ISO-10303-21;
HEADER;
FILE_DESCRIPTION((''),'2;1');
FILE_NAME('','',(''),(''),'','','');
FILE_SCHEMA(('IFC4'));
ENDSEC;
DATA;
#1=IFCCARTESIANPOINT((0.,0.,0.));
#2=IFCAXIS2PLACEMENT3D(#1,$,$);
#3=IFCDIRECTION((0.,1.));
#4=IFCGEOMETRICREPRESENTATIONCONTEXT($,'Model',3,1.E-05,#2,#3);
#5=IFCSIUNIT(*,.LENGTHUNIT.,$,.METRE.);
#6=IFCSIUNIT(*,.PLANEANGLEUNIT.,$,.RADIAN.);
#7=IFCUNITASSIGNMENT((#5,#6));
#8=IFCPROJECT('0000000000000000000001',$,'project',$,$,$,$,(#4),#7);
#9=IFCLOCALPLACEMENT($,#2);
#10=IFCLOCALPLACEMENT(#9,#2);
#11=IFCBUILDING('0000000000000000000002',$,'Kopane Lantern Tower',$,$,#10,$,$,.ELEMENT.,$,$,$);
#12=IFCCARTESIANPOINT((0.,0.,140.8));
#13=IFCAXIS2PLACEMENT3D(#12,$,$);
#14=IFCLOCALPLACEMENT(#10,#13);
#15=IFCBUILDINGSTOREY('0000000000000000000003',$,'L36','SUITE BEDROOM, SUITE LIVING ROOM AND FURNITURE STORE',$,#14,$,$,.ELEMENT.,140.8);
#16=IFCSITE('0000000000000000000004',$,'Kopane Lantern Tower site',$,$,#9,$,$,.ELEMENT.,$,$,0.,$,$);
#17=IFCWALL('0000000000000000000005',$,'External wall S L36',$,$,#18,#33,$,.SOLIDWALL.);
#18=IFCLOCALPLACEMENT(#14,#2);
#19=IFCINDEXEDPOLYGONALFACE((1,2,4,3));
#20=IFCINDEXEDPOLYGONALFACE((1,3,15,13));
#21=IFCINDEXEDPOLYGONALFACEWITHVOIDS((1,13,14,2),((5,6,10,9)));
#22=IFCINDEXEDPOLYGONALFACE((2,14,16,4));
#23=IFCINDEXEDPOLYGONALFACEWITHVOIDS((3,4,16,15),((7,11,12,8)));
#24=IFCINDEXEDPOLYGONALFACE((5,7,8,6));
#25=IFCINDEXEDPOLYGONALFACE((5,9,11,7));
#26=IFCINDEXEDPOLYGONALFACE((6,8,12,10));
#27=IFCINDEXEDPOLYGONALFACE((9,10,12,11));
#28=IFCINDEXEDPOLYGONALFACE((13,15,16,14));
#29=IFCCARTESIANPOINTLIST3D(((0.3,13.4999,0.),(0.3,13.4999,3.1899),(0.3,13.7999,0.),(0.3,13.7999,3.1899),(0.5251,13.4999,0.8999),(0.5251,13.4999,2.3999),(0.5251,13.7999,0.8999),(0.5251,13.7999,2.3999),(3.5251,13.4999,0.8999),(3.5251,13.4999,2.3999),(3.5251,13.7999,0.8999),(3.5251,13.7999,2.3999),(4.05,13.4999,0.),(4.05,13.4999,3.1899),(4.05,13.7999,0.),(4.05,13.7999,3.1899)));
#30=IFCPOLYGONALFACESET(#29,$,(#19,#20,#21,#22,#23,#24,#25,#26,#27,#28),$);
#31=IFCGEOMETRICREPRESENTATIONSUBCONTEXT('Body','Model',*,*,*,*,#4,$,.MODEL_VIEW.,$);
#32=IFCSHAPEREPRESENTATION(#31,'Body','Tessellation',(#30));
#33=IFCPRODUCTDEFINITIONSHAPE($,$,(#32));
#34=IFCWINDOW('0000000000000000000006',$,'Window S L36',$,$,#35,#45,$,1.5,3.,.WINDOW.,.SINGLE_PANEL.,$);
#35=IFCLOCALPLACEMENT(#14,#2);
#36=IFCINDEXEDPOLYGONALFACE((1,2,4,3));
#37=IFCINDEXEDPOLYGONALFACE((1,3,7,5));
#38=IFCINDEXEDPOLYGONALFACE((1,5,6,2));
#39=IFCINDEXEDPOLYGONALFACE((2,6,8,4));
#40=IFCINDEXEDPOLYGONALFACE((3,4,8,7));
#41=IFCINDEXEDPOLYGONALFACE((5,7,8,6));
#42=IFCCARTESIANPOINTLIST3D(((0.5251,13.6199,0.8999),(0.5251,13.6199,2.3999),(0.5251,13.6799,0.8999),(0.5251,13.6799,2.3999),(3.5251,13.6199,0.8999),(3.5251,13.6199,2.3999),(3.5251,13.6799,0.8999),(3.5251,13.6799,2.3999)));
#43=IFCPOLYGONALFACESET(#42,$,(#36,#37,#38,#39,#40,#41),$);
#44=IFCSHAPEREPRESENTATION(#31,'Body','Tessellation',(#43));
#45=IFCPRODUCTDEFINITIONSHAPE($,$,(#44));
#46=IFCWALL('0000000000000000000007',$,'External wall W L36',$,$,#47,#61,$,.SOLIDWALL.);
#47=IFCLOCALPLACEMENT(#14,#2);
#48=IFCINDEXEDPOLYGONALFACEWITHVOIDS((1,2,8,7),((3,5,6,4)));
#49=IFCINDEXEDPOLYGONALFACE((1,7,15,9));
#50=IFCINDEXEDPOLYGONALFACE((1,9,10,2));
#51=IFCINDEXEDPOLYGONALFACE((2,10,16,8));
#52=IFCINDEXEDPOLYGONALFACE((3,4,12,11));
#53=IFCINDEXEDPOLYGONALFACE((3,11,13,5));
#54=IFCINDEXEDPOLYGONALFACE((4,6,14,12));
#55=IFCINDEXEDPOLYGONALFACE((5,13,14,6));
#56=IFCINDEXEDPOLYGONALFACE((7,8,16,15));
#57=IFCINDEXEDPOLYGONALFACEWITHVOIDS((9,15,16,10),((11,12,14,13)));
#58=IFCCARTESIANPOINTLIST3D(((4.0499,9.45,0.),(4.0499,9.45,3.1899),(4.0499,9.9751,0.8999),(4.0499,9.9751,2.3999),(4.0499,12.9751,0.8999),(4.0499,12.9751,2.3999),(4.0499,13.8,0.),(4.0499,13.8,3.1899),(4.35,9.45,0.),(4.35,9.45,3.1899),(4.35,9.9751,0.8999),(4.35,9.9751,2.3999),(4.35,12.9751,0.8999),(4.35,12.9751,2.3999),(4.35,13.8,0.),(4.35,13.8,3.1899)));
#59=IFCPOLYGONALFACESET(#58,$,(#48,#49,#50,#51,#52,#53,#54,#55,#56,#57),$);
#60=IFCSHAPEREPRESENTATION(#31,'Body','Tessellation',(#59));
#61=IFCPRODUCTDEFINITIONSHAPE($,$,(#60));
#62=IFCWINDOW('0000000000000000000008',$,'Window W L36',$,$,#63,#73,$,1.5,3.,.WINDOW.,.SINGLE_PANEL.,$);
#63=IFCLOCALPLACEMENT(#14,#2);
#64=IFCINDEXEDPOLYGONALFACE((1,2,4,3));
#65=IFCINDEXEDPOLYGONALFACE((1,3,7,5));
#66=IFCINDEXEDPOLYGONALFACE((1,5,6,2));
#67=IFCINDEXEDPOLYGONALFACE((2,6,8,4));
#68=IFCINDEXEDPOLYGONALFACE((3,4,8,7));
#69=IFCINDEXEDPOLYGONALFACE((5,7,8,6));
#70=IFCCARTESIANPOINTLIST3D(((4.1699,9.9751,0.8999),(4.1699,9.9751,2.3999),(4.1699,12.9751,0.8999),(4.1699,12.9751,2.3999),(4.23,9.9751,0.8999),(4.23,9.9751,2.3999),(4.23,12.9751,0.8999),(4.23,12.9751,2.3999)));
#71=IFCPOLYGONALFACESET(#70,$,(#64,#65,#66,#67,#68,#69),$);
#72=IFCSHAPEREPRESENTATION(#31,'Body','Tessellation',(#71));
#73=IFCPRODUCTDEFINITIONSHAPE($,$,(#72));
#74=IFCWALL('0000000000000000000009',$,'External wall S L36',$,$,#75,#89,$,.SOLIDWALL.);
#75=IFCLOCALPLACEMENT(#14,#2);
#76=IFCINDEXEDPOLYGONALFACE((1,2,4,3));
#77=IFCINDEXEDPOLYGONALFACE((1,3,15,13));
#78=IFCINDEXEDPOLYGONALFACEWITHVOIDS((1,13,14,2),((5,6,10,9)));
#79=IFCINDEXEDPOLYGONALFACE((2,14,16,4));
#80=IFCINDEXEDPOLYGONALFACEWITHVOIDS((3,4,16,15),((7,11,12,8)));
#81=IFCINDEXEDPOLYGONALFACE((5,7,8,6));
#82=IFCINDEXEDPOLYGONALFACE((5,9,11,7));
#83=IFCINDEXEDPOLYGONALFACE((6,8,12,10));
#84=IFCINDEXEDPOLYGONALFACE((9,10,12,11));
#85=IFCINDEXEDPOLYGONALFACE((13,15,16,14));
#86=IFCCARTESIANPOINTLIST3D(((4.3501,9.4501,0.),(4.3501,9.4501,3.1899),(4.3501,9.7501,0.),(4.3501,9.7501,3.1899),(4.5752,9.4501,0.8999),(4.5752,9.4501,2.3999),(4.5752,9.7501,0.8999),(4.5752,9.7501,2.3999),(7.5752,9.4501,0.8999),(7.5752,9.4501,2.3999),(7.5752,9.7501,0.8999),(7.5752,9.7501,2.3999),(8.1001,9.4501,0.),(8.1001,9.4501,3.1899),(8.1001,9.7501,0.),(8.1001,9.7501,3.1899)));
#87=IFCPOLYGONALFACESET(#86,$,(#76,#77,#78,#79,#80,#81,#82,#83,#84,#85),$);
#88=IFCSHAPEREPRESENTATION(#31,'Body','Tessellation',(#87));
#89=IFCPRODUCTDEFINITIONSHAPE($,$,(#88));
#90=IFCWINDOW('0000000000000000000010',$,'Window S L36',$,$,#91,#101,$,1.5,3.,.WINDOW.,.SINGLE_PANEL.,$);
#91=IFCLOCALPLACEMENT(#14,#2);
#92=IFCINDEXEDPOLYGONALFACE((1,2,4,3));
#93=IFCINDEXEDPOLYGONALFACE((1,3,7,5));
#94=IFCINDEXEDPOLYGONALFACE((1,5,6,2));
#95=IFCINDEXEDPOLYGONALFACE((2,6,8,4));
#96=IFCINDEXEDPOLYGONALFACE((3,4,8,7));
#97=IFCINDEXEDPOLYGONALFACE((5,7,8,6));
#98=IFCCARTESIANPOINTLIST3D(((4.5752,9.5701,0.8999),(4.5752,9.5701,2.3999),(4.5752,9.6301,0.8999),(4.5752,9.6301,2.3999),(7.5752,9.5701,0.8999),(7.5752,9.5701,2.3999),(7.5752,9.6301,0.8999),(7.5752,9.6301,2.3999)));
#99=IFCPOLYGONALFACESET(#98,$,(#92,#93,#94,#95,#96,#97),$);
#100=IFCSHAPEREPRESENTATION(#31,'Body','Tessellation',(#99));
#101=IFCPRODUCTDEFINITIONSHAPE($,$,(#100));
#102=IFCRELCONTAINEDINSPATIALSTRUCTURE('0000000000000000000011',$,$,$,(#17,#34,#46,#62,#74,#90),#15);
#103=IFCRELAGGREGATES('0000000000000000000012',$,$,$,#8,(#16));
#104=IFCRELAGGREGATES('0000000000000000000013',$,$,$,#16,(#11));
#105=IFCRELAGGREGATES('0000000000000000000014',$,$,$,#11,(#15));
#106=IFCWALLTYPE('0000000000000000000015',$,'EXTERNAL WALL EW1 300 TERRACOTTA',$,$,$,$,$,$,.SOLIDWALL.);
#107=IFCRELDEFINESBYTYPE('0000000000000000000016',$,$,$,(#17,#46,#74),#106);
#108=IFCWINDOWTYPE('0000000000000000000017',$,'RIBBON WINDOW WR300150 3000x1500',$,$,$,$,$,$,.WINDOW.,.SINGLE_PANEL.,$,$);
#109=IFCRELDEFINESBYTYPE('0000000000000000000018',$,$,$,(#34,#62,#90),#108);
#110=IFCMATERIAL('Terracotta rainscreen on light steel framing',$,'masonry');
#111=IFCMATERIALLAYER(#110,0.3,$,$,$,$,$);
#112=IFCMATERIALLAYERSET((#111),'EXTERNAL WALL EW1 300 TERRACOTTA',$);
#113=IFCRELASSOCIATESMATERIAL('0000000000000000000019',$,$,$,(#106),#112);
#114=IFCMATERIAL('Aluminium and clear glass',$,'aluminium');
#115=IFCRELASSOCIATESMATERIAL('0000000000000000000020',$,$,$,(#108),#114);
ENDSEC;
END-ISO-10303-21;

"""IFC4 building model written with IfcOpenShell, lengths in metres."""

from ifc_helpers import new_model, si_unit, direction, frame, frame_2d, origin, place, context, subcontext, project, spatial, rectangle, extrude, material, layer, layer_set, type_object, element, fill, save


model = new_model("IFC4")

# Units and contexts
model_context = context("Model", 3, precision=1e-05, world=origin(), true_north=direction((0.0, 1.0)))
body_context = subcontext(model_context, "Body", "Model", "MODEL_VIEW")
ifc_project = project(units=[si_unit("LENGTHUNIT", "METRE"), si_unit("PLANEANGLEUNIT", "RADIAN")], contexts=[model_context])

# Site, building, storey
site_placement = place(None, origin())
site = spatial("IfcSite", under=ifc_project, at=site_placement, Name="Kopane Lantern Tower site", CompositionType="ELEMENT", RefElevation=0.0)
building_placement = place(site_placement, origin())
building = spatial("IfcBuilding", under=site, at=building_placement, Name="Kopane Lantern Tower", CompositionType="ELEMENT")
storey_placement = place(building_placement, frame((0.0, 0.0, 140.8)))
storey = spatial("IfcBuildingStorey", under=building, at=storey_placement, Name="L36", Description="SUITE BEDROOM, SUITE LIVING ROOM AND FURNITURE STORE", CompositionType="ELEMENT", Elevation=140.8)

# Walls, openings, windows
ifc_material_1 = material(Name="Terracotta rainscreen on light steel framing", Category="masonry")
ifc_layer_1 = layer(ifc_material_1, 0.3)
ifc_layer_set_1 = layer_set([ifc_layer_1], Name="EXTERNAL WALL EW1 300 TERRACOTTA")
wall_type_1 = type_object("IfcWallType", Name="EXTERNAL WALL EW1 300 TERRACOTTA", PredefinedType="SOLIDWALL", material=ifc_layer_set_1)
wall_1_placement = place(storey_placement, frame((0.3, 13.6499, 0.0), z_axis=(0.0, 0.0, 1.0), x_axis=(1.0, 0.0, 0.0)))
wall_1 = element("IfcWall", 1, at=wall_1_placement, inside=storey, type_object=wall_type_1, Name="External wall S L36", PredefinedType="SOLIDWALL", context=body_context, shape_type="SweptSolid", body=[
    extrude(rectangle(XDim=3.75, YDim=0.3, at=frame_2d((1.875, 0.0))), origin(), (0.0, 0.0, 1.0), 3.1899),
])
opening_1_placement = place(wall_1_placement, frame((0.2251, 0.0, 0.8999)))
opening_1 = element("IfcOpeningElement", 2, at=opening_1_placement, cuts=wall_1, PredefinedType="OPENING", context=body_context, shape_type="SweptSolid", body=[
    extrude(rectangle(XDim=3.0, YDim=1.5, at=frame_2d((1.5, 0.75))), frame((0.0, 0.1599, 0.0), z_axis=(0.0, -1.0, 0.0), x_axis=(1.0, 0.0, 0.0)), (0.0, 0.0, 1.0), 0.3201),
])
ifc_material_2 = material(Name="Aluminium and clear glass", Category="aluminium")
window_type = type_object("IfcWindowType", Name="RIBBON WINDOW WR300150 3000x1500", PartitioningType="SINGLE_PANEL", PredefinedType="WINDOW", material=ifc_material_2)
window_1_placement = place(opening_1_placement, origin())
window_1 = element("IfcWindow", 3, at=window_1_placement, inside=storey, type_object=window_type, Name="Window S L36", OverallHeight=1.5, OverallWidth=3.0, PartitioningType="SINGLE_PANEL", PredefinedType="WINDOW", context=body_context, shape_type="SweptSolid", body=[
    extrude(rectangle(XDim=3.0, YDim=1.5, at=frame_2d((1.5, 0.75))), frame((0.0, 0.03, 0.0), z_axis=(0.0, -1.0, 0.0), x_axis=(1.0, 0.0, 0.0)), (0.0, 0.0, 1.0), 0.0601),
])
fill(opening_1, window_1)
wall_2_placement = place(storey_placement, frame((4.2, 13.8, 0.0), z_axis=(0.0, 0.0, 1.0), x_axis=(0.0, -1.0, 0.0)))
wall_2 = element("IfcWall", 4, at=wall_2_placement, inside=storey, type_object=wall_type_1, Name="External wall W L36", PredefinedType="SOLIDWALL", context=body_context, shape_type="SweptSolid", body=[
    extrude(rectangle(XDim=4.3501, YDim=0.3, at=frame_2d((2.175, 0.0))), origin(), (0.0, 0.0, 1.0), 3.1899),
])
opening_2_placement = place(wall_2_placement, frame((0.825, 0.0, 0.8999)))
opening_2 = element("IfcOpeningElement", 5, at=opening_2_placement, cuts=wall_2, PredefinedType="OPENING", context=body_context, shape_type="SweptSolid", body=[
    extrude(rectangle(XDim=3.0, YDim=1.5, at=frame_2d((1.5, 0.75))), frame((0.0, 0.1599, 0.0), z_axis=(0.0, -1.0, 0.0), x_axis=(1.0, 0.0, 0.0)), (0.0, 0.0, 1.0), 0.3201),
])
window_2_placement = place(opening_2_placement, origin())
window_2 = element("IfcWindow", 6, at=window_2_placement, inside=storey, type_object=window_type, Name="Window W L36", OverallHeight=1.5, OverallWidth=3.0, PartitioningType="SINGLE_PANEL", PredefinedType="WINDOW", context=body_context, shape_type="SweptSolid", body=[
    extrude(rectangle(XDim=3.0, YDim=1.5, at=frame_2d((1.5, 0.75))), frame((0.0, 0.03, 0.0), z_axis=(0.0, -1.0, 0.0), x_axis=(1.0, 0.0, 0.0)), (0.0, 0.0, 1.0), 0.0601),
])
fill(opening_2, window_2)
wall_3_placement = place(storey_placement, frame((4.3501, 9.6001, 0.0), z_axis=(0.0, 0.0, 1.0), x_axis=(1.0, 0.0, 0.0)))
wall_3 = element("IfcWall", 7, at=wall_3_placement, inside=storey, type_object=wall_type_1, Name="External wall S L36", PredefinedType="SOLIDWALL", context=body_context, shape_type="SweptSolid", body=[
    extrude(rectangle(XDim=3.75, YDim=0.3, at=frame_2d((1.875, 0.0))), origin(), (0.0, 0.0, 1.0), 3.1899),
])
opening_3_placement = place(wall_3_placement, frame((0.2251, 0.0, 0.8999)))
opening_3 = element("IfcOpeningElement", 8, at=opening_3_placement, cuts=wall_3, PredefinedType="OPENING", context=body_context, shape_type="SweptSolid", body=[
    extrude(rectangle(XDim=3.0, YDim=1.5, at=frame_2d((1.5, 0.75))), frame((0.0, 0.1599, 0.0), z_axis=(0.0, -1.0, 0.0), x_axis=(1.0, 0.0, 0.0)), (0.0, 0.0, 1.0), 0.3201),
])
window_3_placement = place(opening_3_placement, origin())
window_3 = element("IfcWindow", 9, at=window_3_placement, inside=storey, type_object=window_type, Name="Window S L36", OverallHeight=1.5, OverallWidth=3.0, PartitioningType="SINGLE_PANEL", PredefinedType="WINDOW", context=body_context, shape_type="SweptSolid", body=[
    extrude(rectangle(XDim=3.0, YDim=1.5, at=frame_2d((1.5, 0.75))), frame((0.0, 0.03, 0.0), z_axis=(0.0, -1.0, 0.0), x_axis=(1.0, 0.0, 0.0)), (0.0, 0.0, 1.0), 0.0601),
])
fill(opening_3, window_3)

save(model, "model.ifc")
